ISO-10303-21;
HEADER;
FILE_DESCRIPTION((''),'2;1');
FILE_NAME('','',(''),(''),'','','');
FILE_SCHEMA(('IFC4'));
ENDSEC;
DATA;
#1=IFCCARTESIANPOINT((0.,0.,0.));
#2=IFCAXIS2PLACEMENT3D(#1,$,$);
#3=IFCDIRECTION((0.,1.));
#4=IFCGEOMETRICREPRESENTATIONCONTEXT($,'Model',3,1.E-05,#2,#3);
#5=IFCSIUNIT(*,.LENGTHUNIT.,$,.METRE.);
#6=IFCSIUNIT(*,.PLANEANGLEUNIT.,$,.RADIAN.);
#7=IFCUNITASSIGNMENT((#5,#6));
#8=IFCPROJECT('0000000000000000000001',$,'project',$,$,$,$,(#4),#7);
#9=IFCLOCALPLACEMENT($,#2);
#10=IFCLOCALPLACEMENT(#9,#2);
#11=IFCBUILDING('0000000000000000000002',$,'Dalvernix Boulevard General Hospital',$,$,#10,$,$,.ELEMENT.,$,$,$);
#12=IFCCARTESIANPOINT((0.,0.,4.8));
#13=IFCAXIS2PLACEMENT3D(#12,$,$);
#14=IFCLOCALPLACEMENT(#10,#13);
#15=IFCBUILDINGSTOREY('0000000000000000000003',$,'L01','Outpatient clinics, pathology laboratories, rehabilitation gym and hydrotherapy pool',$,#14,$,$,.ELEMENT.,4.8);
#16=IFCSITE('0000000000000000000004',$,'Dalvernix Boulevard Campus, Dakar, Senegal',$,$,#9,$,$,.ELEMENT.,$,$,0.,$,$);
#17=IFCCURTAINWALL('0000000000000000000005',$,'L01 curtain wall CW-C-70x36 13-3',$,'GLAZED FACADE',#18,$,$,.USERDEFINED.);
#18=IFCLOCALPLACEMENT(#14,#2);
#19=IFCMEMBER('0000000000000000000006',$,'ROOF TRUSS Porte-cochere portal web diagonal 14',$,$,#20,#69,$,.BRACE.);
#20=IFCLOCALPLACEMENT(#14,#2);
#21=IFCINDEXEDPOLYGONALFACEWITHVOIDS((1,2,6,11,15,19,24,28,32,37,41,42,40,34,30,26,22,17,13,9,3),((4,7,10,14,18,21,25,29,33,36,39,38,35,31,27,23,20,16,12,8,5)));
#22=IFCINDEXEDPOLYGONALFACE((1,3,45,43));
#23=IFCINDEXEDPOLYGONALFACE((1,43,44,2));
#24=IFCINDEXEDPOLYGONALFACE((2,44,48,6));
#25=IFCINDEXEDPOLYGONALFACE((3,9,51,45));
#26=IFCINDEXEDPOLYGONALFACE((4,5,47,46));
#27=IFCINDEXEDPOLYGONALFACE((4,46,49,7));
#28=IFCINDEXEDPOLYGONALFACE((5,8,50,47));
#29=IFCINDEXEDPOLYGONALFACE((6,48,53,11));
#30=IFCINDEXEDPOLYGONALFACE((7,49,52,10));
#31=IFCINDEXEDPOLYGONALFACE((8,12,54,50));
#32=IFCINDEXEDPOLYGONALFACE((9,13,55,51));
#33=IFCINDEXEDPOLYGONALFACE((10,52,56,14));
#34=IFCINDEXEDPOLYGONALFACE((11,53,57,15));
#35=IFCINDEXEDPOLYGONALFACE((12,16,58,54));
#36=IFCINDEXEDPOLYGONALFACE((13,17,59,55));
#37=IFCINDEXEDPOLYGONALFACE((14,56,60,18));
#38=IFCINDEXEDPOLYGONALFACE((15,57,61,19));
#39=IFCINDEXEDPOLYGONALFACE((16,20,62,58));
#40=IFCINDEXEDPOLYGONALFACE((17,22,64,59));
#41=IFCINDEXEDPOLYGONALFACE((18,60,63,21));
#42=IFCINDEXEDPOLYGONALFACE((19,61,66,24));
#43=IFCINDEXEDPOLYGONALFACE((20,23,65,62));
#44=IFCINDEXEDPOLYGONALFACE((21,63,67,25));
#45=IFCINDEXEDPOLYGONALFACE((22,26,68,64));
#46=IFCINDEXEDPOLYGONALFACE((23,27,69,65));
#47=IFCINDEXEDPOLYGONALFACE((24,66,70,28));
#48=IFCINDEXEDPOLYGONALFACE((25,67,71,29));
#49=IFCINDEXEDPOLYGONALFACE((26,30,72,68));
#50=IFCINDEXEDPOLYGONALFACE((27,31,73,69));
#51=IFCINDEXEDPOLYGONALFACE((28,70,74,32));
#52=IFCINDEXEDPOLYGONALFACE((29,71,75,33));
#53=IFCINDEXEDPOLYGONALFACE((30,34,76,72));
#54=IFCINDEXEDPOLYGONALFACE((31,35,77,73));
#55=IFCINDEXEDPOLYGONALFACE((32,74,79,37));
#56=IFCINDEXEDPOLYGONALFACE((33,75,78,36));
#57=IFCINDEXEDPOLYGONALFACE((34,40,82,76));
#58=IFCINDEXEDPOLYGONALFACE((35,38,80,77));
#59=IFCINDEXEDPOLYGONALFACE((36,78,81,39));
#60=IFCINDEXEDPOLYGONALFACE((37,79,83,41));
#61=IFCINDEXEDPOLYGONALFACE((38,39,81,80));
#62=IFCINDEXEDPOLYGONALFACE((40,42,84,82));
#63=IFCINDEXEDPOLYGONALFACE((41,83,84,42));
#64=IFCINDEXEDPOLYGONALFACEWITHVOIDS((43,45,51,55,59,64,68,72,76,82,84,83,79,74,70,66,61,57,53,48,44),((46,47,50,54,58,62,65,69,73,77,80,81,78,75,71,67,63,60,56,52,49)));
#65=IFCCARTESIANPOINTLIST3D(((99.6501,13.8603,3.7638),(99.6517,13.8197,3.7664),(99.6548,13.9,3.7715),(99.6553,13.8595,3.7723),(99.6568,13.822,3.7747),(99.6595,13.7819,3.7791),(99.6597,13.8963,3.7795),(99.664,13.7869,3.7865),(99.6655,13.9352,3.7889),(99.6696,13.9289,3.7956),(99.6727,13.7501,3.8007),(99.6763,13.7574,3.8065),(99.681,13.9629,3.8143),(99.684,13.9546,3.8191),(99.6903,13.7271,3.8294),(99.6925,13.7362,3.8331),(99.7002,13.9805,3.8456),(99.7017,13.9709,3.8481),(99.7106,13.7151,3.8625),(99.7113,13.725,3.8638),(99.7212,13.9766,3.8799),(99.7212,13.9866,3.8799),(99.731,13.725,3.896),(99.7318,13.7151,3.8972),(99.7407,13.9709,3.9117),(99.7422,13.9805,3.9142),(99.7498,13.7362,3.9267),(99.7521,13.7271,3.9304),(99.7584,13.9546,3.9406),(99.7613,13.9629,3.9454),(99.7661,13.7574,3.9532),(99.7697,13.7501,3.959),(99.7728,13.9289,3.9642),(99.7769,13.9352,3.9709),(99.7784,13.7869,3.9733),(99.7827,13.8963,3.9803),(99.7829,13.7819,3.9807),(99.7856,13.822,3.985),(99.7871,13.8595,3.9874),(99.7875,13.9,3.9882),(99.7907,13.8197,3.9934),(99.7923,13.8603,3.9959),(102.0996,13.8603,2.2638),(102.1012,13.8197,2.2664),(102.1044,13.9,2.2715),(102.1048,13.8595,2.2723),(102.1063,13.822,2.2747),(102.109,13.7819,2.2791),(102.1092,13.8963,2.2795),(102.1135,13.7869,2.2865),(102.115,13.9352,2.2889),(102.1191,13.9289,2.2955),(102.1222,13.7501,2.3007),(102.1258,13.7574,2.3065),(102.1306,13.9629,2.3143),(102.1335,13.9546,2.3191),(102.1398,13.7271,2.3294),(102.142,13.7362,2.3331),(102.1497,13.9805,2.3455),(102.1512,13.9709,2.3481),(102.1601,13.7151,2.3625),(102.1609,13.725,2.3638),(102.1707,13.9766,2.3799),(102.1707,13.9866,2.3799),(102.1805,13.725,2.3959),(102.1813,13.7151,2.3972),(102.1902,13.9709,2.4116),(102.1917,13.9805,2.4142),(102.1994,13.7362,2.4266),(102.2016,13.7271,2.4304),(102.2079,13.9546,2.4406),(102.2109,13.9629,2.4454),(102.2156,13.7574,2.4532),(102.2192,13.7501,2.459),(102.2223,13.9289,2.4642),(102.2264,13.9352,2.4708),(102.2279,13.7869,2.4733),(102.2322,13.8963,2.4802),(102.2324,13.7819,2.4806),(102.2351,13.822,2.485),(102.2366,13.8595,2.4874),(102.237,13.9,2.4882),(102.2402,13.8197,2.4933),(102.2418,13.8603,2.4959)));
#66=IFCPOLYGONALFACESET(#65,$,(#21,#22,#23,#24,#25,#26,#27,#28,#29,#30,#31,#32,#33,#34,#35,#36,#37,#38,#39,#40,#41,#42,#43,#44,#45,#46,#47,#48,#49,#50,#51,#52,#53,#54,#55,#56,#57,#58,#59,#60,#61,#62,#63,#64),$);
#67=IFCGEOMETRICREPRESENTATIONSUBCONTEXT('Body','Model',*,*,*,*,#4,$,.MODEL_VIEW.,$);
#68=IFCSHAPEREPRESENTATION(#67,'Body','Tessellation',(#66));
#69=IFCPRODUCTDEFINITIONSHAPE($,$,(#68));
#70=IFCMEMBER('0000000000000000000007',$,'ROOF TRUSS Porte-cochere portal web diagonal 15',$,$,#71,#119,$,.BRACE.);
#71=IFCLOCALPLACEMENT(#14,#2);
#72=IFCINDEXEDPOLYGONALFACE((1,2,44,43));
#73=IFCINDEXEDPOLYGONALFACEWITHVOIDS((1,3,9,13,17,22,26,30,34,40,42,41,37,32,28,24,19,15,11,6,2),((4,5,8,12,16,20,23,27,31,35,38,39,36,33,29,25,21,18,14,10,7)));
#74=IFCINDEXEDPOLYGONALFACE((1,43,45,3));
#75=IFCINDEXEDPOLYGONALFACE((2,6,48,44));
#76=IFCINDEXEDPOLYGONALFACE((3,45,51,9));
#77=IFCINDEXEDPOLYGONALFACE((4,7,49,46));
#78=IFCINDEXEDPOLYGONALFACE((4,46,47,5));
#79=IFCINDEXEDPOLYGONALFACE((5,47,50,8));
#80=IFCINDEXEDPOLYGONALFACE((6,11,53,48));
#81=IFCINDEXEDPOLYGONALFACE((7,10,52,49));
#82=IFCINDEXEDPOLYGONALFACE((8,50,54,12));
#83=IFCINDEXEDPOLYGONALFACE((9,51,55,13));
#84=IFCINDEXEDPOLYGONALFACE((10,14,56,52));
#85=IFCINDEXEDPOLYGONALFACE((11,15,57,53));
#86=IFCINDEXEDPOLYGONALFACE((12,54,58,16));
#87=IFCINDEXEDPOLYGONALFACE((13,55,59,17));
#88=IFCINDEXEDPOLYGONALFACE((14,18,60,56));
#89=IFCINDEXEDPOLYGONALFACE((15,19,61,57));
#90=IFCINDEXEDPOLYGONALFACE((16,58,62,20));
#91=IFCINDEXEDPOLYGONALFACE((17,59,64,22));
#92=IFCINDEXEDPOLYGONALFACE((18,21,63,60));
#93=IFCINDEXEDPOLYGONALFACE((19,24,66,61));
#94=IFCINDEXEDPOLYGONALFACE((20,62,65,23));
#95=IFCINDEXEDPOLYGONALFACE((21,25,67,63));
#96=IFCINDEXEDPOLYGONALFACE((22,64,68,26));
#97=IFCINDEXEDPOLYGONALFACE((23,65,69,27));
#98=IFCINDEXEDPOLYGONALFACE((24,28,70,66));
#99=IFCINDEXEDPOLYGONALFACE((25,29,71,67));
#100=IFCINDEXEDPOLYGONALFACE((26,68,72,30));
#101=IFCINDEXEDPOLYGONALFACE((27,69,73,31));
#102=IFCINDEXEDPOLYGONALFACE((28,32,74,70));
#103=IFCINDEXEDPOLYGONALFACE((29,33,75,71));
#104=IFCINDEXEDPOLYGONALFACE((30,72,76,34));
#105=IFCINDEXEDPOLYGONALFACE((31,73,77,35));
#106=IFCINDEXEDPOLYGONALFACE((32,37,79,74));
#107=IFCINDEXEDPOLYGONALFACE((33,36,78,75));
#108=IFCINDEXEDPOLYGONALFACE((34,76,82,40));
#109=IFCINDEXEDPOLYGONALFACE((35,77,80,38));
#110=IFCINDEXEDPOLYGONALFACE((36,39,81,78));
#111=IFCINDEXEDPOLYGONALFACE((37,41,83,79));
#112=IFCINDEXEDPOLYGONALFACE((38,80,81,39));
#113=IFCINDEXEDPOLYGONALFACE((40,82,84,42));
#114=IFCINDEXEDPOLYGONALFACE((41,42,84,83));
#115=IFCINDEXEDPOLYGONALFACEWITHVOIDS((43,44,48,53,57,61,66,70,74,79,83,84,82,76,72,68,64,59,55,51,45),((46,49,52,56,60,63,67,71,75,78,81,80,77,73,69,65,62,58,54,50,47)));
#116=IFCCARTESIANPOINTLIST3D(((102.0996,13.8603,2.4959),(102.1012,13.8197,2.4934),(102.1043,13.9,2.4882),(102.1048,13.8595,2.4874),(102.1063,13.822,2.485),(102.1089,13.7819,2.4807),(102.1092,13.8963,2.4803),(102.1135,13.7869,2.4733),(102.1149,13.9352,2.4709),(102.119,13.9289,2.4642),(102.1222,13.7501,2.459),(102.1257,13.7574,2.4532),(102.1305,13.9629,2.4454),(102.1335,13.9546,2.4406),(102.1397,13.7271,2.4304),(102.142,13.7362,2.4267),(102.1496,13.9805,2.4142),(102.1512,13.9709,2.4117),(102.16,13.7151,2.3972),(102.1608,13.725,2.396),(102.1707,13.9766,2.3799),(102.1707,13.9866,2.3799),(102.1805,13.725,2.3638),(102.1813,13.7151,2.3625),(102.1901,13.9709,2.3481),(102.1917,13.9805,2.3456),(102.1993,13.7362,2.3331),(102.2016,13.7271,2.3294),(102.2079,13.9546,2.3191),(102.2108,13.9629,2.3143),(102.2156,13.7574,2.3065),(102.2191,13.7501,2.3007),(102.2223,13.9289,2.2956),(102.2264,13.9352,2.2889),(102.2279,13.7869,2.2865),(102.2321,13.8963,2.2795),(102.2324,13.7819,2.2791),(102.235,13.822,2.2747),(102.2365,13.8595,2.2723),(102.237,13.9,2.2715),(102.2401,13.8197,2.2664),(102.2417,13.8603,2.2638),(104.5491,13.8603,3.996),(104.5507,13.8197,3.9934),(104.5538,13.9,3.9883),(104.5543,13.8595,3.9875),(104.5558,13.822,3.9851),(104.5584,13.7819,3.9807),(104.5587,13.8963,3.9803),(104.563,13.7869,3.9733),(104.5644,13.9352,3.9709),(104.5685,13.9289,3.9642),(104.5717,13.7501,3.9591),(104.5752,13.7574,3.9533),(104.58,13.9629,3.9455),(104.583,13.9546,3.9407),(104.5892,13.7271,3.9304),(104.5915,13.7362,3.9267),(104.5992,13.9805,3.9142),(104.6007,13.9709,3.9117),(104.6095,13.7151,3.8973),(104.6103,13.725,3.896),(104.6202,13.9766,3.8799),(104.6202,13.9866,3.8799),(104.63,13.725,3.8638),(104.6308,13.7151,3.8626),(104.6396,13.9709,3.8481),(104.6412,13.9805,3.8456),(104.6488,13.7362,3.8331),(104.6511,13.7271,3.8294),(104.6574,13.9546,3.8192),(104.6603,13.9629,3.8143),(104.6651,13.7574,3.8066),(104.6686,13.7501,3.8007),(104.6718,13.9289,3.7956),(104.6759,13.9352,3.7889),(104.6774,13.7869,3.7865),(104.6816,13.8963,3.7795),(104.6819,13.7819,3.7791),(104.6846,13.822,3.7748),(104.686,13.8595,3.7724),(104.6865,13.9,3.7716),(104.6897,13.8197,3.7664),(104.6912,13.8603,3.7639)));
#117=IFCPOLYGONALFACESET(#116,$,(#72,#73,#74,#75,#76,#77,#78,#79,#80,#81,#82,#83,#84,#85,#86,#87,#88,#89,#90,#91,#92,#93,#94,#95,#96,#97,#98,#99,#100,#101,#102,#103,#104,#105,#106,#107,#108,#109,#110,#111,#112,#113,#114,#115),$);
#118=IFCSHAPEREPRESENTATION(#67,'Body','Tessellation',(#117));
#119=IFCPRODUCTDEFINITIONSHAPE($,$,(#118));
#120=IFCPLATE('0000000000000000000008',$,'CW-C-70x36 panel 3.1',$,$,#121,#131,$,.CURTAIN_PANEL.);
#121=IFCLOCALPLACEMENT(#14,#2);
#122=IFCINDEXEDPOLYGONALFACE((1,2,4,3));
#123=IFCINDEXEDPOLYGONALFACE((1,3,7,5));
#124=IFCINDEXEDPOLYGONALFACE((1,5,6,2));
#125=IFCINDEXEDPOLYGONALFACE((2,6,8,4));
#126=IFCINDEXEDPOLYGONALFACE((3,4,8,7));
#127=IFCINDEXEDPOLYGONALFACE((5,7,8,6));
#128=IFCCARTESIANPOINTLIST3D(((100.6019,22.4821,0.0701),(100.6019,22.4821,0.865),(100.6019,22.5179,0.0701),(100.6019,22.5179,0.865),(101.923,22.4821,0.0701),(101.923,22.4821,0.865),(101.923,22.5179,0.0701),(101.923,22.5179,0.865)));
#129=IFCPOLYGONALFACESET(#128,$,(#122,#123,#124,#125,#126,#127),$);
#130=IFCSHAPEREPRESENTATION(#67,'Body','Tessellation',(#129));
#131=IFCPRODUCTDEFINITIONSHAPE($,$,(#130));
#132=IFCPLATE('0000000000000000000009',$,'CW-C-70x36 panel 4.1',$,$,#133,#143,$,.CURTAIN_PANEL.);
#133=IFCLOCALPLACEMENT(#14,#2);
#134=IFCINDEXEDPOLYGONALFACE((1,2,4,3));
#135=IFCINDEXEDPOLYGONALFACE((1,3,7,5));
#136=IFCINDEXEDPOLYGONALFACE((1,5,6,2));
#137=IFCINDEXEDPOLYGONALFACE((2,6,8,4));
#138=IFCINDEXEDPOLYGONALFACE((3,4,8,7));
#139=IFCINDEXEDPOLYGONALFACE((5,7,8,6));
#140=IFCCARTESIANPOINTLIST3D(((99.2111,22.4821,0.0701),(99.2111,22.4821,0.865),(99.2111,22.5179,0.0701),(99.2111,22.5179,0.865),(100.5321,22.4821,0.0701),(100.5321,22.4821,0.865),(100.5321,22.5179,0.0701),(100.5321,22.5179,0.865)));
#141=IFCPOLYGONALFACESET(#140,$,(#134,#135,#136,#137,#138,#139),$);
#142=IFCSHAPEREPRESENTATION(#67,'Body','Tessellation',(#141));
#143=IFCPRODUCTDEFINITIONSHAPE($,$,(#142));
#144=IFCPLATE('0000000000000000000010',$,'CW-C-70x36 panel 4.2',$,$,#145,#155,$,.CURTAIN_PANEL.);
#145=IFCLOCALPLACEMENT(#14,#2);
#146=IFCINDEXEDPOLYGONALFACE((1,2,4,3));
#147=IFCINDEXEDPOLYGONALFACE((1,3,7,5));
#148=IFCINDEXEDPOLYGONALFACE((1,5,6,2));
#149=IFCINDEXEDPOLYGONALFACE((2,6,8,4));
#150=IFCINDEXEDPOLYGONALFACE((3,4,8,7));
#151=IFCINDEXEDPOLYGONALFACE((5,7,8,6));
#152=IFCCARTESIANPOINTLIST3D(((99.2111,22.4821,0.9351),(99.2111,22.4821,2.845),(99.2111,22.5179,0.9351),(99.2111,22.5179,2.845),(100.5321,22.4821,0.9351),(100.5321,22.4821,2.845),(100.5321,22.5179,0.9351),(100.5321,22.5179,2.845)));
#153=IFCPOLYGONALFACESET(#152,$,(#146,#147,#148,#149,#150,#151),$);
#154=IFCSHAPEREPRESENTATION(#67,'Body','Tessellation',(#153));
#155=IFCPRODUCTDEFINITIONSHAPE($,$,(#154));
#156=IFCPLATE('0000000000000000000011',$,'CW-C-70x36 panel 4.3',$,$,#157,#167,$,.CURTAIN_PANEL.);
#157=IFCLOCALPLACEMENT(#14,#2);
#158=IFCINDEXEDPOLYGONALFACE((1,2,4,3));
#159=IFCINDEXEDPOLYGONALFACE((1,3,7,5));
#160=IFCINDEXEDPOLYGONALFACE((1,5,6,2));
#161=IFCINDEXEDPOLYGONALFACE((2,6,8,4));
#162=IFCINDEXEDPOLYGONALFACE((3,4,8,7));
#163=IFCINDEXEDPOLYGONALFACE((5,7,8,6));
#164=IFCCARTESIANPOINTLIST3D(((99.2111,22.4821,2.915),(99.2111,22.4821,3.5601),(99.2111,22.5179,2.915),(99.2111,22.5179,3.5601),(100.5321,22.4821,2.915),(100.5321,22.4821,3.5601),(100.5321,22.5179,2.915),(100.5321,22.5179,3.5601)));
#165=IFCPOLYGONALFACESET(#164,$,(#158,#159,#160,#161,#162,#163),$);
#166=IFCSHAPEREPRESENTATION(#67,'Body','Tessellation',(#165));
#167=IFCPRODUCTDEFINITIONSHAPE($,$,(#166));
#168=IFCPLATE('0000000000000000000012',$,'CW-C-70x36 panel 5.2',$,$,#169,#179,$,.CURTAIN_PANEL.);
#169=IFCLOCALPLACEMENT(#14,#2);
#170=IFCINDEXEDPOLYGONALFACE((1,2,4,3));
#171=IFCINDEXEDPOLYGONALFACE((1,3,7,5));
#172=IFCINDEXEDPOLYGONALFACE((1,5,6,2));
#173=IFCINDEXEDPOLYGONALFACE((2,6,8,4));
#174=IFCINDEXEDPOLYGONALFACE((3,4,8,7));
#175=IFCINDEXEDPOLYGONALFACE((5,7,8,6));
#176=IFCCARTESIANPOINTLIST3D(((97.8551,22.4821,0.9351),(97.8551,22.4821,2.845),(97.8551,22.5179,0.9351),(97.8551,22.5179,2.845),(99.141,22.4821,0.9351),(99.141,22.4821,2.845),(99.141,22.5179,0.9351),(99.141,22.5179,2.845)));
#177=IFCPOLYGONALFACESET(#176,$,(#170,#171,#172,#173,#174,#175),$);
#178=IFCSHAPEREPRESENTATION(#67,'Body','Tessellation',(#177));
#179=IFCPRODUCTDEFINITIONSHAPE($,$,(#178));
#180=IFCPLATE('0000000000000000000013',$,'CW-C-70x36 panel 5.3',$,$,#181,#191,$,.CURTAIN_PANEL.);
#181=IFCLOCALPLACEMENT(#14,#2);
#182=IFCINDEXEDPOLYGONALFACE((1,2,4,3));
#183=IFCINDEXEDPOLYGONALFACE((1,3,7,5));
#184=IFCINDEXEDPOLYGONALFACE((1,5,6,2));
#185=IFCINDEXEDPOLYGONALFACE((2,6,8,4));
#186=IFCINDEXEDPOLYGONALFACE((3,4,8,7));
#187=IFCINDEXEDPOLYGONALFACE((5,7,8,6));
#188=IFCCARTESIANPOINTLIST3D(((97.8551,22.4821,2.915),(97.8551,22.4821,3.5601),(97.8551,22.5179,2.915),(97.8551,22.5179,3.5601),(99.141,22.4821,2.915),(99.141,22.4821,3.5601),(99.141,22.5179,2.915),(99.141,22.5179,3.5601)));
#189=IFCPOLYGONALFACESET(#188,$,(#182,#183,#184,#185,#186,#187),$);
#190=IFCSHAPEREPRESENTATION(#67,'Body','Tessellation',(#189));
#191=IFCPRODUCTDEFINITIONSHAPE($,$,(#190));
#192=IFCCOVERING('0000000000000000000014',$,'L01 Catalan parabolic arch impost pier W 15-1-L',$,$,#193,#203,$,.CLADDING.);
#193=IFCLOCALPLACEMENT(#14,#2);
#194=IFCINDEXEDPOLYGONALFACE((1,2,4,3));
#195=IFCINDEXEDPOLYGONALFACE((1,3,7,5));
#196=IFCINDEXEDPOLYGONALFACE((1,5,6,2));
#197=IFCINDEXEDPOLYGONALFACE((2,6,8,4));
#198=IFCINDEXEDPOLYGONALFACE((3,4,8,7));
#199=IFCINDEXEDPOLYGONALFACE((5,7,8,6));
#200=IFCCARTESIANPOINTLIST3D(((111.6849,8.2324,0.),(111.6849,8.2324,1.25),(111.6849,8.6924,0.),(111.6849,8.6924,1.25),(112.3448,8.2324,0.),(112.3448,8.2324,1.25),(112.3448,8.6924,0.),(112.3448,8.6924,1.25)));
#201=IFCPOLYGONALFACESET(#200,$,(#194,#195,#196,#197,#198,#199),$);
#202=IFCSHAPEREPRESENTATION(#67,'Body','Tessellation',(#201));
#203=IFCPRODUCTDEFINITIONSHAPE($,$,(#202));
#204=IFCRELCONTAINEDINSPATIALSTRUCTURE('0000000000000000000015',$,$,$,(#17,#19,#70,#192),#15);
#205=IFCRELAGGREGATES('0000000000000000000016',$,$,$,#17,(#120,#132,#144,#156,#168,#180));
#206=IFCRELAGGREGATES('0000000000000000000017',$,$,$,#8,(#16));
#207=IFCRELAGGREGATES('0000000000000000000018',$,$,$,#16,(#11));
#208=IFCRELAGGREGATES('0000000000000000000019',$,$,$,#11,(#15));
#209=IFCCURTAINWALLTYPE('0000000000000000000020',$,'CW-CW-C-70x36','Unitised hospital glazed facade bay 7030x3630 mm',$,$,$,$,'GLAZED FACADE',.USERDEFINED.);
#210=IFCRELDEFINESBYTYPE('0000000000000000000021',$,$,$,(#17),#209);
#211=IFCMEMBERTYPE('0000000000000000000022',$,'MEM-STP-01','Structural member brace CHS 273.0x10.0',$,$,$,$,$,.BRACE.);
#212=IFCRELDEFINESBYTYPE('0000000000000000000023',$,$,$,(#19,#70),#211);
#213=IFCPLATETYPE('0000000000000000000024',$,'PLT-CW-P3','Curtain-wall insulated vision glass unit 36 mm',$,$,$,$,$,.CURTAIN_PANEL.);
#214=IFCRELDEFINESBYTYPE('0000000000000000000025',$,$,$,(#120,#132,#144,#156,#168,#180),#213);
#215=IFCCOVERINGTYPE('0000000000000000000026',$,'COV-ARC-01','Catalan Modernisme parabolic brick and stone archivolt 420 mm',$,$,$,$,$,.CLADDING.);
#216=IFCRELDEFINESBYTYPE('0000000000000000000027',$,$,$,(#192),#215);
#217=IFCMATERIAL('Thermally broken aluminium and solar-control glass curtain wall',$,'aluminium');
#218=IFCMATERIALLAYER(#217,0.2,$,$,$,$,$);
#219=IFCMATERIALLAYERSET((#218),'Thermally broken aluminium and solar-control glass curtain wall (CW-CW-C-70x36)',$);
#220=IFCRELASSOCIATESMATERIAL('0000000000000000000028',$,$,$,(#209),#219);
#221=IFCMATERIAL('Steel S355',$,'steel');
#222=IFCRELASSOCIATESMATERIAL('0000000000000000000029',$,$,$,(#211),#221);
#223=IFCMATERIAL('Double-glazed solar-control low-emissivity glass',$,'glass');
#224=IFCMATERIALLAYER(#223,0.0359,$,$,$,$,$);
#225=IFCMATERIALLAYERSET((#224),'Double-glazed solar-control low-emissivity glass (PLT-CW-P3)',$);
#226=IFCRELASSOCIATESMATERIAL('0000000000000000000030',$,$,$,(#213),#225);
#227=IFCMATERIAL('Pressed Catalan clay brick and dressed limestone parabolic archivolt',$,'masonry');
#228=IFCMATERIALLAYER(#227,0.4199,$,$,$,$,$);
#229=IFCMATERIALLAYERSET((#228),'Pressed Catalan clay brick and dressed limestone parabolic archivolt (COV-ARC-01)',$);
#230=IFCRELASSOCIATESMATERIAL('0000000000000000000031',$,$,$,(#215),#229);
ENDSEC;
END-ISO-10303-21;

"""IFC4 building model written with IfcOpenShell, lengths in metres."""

from ifc_helpers import new_model, si_unit, direction, frame, origin, origin_2d, place, context, subcontext, project, spatial, rectangle, hollow_circle, extrude, material, layer, layer_set, material_profile, profile_set, type_object, element, aggregate, save


model = new_model("IFC4")

# Units and contexts
model_context = context("Model", 3, precision=1e-05, world=origin(), true_north=direction((0.0, 1.0)))
body_context = subcontext(model_context, "Body", "Model", "MODEL_VIEW")
ifc_project = project(units=[si_unit("LENGTHUNIT", "METRE"), si_unit("PLANEANGLEUNIT", "RADIAN")], contexts=[model_context])

# Site, building, storey
site_placement = place(None, origin())
site = spatial("IfcSite", under=ifc_project, at=site_placement, Name="Dalvernix Boulevard Campus, Dakar, Senegal", CompositionType="ELEMENT", RefElevation=0.0)
building_placement = place(site_placement, origin())
building = spatial("IfcBuilding", under=site, at=building_placement, Name="Dalvernix Boulevard General Hospital", CompositionType="ELEMENT")
storey_placement = place(building_placement, frame((0.0, 0.0, 4.8)))
storey = spatial("IfcBuildingStorey", under=building, at=storey_placement, Name="L01", Description="Outpatient clinics, pathology laboratories, rehabilitation gym and hydrotherapy pool", CompositionType="ELEMENT", Elevation=4.8)

# Shared definitions
ifc_material_1 = material(Name="Steel S355", Category="steel")

# Curtain wall
ifc_material_2 = material(Name="Thermally broken aluminium and solar-control glass curtain wall", Category="aluminium")
ifc_layer_1 = layer(ifc_material_2, 0.2)
ifc_layer_set_1 = layer_set([ifc_layer_1], Name="Thermally broken aluminium and solar-control glass curtain wall (CW-CW-C-70x36)")
curtain_wall_type = type_object("IfcCurtainWallType", Name="CW-CW-C-70x36", Description="Unitised hospital glazed facade bay 7030x3630 mm", ElementType="GLAZED FACADE", PredefinedType="USERDEFINED", material=ifc_layer_set_1)
curtain_wall_placement = place(storey_placement, origin())
curtain_wall = element("IfcCurtainWall", 1, at=curtain_wall_placement, inside=storey, type_object=curtain_wall_type, Name="L01 curtain wall CW-C-70x36 13-3", ObjectType="GLAZED FACADE", PredefinedType="USERDEFINED")

# Members
ifc_material_profile_1 = material_profile(ifc_material_1, hollow_circle(Radius=0.1365, WallThickness=0.01, at=origin_2d()), Name="CHS 273.0x10.0")
ifc_profile_set_1 = profile_set([ifc_material_profile_1], Name="Steel S355")
member_type_1 = type_object("IfcMemberType", Name="MEM-STP-01", Description="Structural member brace CHS 273.0x10.0", PredefinedType="BRACE", material=ifc_profile_set_1)
for number, where, z_axis, x_axis, name in (
    (2, (99.7212, 13.8501, 3.8799), (0.8528, 0.0, -0.522237), (0.0, 1.0, 0.0), "ROOF TRUSS Porte-cochere portal web diagonal 14"),
    (3, (102.1707, 13.8501, 2.3799), (0.8528, 0.0, 0.522237), (0.0, 1.0, 0.0), "ROOF TRUSS Porte-cochere portal web diagonal 15"),
):
    element("IfcMember", number, at=place(storey_placement, frame(where, z_axis=z_axis, x_axis=x_axis)), inside=storey, type_object=member_type_1, Name=name, PredefinedType="BRACE", context=body_context, shape_type="SweptSolid", body=[
        extrude(hollow_circle(Radius=0.1365, WallThickness=0.01, at=origin_2d()), origin(), (0.0, 0.0, 1.0), 2.8723),
    ])

# Plates
ifc_material_3 = material(Name="Double-glazed solar-control low-emissivity glass", Category="glass")
ifc_layer_2 = layer(ifc_material_3, 0.0359)
ifc_layer_set_2 = layer_set([ifc_layer_2], Name="Double-glazed solar-control low-emissivity glass (PLT-CW-P3)")
plate_type = type_object("IfcPlateType", Name="PLT-CW-P3", Description="Curtain-wall insulated vision glass unit 36 mm", PredefinedType="CURTAIN_PANEL", material=ifc_layer_set_2)
plate_1_placement = place(storey_placement, frame((101.2625, 22.5, 0.0701), z_axis=(0.0, 0.0, 1.0), x_axis=(-1.0, 0.0, 0.0)))
plate_1 = element("IfcPlate", 4, at=plate_1_placement, type_object=plate_type, Name="CW-C-70x36 panel 3.1", PredefinedType="CURTAIN_PANEL", context=body_context, shape_type="SweptSolid", body=[
    extrude(rectangle(XDim=1.321, YDim=0.0359, at=origin_2d()), origin(), (0.0, 0.0, 1.0), 0.7949),
])
plate_2_placement = place(storey_placement, frame((99.8716, 22.5, 0.0701), z_axis=(0.0, 0.0, 1.0), x_axis=(-1.0, 0.0, 0.0)))
plate_2 = element("IfcPlate", 5, at=plate_2_placement, type_object=plate_type, Name="CW-C-70x36 panel 4.1", PredefinedType="CURTAIN_PANEL", context=body_context, shape_type="SweptSolid", body=[
    extrude(rectangle(XDim=1.321, YDim=0.0359, at=origin_2d()), origin(), (0.0, 0.0, 1.0), 0.7949),
])
plate_3_placement = place(storey_placement, frame((99.8716, 22.5, 0.9351), z_axis=(0.0, 0.0, 1.0), x_axis=(-1.0, 0.0, 0.0)))
plate_3 = element("IfcPlate", 6, at=plate_3_placement, type_object=plate_type, Name="CW-C-70x36 panel 4.2", PredefinedType="CURTAIN_PANEL", context=body_context, shape_type="SweptSolid", body=[
    extrude(rectangle(XDim=1.321, YDim=0.0359, at=origin_2d()), origin(), (0.0, 0.0, 1.0), 1.9099),
])
plate_4_placement = place(storey_placement, frame((99.8716, 22.5, 2.915), z_axis=(0.0, 0.0, 1.0), x_axis=(-1.0, 0.0, 0.0)))
plate_4 = element("IfcPlate", 7, at=plate_4_placement, type_object=plate_type, Name="CW-C-70x36 panel 4.3", PredefinedType="CURTAIN_PANEL", context=body_context, shape_type="SweptSolid", body=[
    extrude(rectangle(XDim=1.321, YDim=0.0359, at=origin_2d()), origin(), (0.0, 0.0, 1.0), 0.645),
])
plate_5_placement = place(storey_placement, frame((98.498, 22.5, 0.9351), z_axis=(0.0, 0.0, 1.0), x_axis=(-1.0, 0.0, 0.0)))
plate_5 = element("IfcPlate", 8, at=plate_5_placement, type_object=plate_type, Name="CW-C-70x36 panel 5.2", PredefinedType="CURTAIN_PANEL", context=body_context, shape_type="SweptSolid", body=[
    extrude(rectangle(XDim=1.2859, YDim=0.0359, at=origin_2d()), origin(), (0.0, 0.0, 1.0), 1.9099),
])
plate_6_placement = place(storey_placement, frame((98.498, 22.5, 2.915), z_axis=(0.0, 0.0, 1.0), x_axis=(-1.0, 0.0, 0.0)))
plate_6 = element("IfcPlate", 9, at=plate_6_placement, type_object=plate_type, Name="CW-C-70x36 panel 5.3", PredefinedType="CURTAIN_PANEL", context=body_context, shape_type="SweptSolid", body=[
    extrude(rectangle(XDim=1.2859, YDim=0.0359, at=origin_2d()), origin(), (0.0, 0.0, 1.0), 0.645),
])
aggregate(curtain_wall, [plate_1, plate_2, plate_3, plate_4, plate_5, plate_6])

# Covering
ifc_material_4 = material(Name="Pressed Catalan clay brick and dressed limestone parabolic archivolt", Category="masonry")
ifc_layer_3 = layer(ifc_material_4, 0.4199)
ifc_layer_set_3 = layer_set([ifc_layer_3], Name="Pressed Catalan clay brick and dressed limestone parabolic archivolt (COV-ARC-01)")
covering_type = type_object("IfcCoveringType", Name="COV-ARC-01", Description="Catalan Modernisme parabolic brick and stone archivolt 420 mm", PredefinedType="CLADDING", material=ifc_layer_set_3)
covering_1_placement = place(storey_placement, frame((112.0149, 8.4624, 0.0), z_axis=(0.0, 0.0, 1.0), x_axis=(0.0, 1.0, 0.0)))
element("IfcCovering", 10, at=covering_1_placement, inside=storey, type_object=covering_type, Name="L01 Catalan parabolic arch impost pier W 15-1-L", PredefinedType="CLADDING", context=body_context, shape_type="SweptSolid", body=[
    extrude(rectangle(XDim=0.46, YDim=0.6599, at=origin_2d()), origin(), (0.0, 0.0, 1.0), 1.25),
])

save(model, "model.ifc")
